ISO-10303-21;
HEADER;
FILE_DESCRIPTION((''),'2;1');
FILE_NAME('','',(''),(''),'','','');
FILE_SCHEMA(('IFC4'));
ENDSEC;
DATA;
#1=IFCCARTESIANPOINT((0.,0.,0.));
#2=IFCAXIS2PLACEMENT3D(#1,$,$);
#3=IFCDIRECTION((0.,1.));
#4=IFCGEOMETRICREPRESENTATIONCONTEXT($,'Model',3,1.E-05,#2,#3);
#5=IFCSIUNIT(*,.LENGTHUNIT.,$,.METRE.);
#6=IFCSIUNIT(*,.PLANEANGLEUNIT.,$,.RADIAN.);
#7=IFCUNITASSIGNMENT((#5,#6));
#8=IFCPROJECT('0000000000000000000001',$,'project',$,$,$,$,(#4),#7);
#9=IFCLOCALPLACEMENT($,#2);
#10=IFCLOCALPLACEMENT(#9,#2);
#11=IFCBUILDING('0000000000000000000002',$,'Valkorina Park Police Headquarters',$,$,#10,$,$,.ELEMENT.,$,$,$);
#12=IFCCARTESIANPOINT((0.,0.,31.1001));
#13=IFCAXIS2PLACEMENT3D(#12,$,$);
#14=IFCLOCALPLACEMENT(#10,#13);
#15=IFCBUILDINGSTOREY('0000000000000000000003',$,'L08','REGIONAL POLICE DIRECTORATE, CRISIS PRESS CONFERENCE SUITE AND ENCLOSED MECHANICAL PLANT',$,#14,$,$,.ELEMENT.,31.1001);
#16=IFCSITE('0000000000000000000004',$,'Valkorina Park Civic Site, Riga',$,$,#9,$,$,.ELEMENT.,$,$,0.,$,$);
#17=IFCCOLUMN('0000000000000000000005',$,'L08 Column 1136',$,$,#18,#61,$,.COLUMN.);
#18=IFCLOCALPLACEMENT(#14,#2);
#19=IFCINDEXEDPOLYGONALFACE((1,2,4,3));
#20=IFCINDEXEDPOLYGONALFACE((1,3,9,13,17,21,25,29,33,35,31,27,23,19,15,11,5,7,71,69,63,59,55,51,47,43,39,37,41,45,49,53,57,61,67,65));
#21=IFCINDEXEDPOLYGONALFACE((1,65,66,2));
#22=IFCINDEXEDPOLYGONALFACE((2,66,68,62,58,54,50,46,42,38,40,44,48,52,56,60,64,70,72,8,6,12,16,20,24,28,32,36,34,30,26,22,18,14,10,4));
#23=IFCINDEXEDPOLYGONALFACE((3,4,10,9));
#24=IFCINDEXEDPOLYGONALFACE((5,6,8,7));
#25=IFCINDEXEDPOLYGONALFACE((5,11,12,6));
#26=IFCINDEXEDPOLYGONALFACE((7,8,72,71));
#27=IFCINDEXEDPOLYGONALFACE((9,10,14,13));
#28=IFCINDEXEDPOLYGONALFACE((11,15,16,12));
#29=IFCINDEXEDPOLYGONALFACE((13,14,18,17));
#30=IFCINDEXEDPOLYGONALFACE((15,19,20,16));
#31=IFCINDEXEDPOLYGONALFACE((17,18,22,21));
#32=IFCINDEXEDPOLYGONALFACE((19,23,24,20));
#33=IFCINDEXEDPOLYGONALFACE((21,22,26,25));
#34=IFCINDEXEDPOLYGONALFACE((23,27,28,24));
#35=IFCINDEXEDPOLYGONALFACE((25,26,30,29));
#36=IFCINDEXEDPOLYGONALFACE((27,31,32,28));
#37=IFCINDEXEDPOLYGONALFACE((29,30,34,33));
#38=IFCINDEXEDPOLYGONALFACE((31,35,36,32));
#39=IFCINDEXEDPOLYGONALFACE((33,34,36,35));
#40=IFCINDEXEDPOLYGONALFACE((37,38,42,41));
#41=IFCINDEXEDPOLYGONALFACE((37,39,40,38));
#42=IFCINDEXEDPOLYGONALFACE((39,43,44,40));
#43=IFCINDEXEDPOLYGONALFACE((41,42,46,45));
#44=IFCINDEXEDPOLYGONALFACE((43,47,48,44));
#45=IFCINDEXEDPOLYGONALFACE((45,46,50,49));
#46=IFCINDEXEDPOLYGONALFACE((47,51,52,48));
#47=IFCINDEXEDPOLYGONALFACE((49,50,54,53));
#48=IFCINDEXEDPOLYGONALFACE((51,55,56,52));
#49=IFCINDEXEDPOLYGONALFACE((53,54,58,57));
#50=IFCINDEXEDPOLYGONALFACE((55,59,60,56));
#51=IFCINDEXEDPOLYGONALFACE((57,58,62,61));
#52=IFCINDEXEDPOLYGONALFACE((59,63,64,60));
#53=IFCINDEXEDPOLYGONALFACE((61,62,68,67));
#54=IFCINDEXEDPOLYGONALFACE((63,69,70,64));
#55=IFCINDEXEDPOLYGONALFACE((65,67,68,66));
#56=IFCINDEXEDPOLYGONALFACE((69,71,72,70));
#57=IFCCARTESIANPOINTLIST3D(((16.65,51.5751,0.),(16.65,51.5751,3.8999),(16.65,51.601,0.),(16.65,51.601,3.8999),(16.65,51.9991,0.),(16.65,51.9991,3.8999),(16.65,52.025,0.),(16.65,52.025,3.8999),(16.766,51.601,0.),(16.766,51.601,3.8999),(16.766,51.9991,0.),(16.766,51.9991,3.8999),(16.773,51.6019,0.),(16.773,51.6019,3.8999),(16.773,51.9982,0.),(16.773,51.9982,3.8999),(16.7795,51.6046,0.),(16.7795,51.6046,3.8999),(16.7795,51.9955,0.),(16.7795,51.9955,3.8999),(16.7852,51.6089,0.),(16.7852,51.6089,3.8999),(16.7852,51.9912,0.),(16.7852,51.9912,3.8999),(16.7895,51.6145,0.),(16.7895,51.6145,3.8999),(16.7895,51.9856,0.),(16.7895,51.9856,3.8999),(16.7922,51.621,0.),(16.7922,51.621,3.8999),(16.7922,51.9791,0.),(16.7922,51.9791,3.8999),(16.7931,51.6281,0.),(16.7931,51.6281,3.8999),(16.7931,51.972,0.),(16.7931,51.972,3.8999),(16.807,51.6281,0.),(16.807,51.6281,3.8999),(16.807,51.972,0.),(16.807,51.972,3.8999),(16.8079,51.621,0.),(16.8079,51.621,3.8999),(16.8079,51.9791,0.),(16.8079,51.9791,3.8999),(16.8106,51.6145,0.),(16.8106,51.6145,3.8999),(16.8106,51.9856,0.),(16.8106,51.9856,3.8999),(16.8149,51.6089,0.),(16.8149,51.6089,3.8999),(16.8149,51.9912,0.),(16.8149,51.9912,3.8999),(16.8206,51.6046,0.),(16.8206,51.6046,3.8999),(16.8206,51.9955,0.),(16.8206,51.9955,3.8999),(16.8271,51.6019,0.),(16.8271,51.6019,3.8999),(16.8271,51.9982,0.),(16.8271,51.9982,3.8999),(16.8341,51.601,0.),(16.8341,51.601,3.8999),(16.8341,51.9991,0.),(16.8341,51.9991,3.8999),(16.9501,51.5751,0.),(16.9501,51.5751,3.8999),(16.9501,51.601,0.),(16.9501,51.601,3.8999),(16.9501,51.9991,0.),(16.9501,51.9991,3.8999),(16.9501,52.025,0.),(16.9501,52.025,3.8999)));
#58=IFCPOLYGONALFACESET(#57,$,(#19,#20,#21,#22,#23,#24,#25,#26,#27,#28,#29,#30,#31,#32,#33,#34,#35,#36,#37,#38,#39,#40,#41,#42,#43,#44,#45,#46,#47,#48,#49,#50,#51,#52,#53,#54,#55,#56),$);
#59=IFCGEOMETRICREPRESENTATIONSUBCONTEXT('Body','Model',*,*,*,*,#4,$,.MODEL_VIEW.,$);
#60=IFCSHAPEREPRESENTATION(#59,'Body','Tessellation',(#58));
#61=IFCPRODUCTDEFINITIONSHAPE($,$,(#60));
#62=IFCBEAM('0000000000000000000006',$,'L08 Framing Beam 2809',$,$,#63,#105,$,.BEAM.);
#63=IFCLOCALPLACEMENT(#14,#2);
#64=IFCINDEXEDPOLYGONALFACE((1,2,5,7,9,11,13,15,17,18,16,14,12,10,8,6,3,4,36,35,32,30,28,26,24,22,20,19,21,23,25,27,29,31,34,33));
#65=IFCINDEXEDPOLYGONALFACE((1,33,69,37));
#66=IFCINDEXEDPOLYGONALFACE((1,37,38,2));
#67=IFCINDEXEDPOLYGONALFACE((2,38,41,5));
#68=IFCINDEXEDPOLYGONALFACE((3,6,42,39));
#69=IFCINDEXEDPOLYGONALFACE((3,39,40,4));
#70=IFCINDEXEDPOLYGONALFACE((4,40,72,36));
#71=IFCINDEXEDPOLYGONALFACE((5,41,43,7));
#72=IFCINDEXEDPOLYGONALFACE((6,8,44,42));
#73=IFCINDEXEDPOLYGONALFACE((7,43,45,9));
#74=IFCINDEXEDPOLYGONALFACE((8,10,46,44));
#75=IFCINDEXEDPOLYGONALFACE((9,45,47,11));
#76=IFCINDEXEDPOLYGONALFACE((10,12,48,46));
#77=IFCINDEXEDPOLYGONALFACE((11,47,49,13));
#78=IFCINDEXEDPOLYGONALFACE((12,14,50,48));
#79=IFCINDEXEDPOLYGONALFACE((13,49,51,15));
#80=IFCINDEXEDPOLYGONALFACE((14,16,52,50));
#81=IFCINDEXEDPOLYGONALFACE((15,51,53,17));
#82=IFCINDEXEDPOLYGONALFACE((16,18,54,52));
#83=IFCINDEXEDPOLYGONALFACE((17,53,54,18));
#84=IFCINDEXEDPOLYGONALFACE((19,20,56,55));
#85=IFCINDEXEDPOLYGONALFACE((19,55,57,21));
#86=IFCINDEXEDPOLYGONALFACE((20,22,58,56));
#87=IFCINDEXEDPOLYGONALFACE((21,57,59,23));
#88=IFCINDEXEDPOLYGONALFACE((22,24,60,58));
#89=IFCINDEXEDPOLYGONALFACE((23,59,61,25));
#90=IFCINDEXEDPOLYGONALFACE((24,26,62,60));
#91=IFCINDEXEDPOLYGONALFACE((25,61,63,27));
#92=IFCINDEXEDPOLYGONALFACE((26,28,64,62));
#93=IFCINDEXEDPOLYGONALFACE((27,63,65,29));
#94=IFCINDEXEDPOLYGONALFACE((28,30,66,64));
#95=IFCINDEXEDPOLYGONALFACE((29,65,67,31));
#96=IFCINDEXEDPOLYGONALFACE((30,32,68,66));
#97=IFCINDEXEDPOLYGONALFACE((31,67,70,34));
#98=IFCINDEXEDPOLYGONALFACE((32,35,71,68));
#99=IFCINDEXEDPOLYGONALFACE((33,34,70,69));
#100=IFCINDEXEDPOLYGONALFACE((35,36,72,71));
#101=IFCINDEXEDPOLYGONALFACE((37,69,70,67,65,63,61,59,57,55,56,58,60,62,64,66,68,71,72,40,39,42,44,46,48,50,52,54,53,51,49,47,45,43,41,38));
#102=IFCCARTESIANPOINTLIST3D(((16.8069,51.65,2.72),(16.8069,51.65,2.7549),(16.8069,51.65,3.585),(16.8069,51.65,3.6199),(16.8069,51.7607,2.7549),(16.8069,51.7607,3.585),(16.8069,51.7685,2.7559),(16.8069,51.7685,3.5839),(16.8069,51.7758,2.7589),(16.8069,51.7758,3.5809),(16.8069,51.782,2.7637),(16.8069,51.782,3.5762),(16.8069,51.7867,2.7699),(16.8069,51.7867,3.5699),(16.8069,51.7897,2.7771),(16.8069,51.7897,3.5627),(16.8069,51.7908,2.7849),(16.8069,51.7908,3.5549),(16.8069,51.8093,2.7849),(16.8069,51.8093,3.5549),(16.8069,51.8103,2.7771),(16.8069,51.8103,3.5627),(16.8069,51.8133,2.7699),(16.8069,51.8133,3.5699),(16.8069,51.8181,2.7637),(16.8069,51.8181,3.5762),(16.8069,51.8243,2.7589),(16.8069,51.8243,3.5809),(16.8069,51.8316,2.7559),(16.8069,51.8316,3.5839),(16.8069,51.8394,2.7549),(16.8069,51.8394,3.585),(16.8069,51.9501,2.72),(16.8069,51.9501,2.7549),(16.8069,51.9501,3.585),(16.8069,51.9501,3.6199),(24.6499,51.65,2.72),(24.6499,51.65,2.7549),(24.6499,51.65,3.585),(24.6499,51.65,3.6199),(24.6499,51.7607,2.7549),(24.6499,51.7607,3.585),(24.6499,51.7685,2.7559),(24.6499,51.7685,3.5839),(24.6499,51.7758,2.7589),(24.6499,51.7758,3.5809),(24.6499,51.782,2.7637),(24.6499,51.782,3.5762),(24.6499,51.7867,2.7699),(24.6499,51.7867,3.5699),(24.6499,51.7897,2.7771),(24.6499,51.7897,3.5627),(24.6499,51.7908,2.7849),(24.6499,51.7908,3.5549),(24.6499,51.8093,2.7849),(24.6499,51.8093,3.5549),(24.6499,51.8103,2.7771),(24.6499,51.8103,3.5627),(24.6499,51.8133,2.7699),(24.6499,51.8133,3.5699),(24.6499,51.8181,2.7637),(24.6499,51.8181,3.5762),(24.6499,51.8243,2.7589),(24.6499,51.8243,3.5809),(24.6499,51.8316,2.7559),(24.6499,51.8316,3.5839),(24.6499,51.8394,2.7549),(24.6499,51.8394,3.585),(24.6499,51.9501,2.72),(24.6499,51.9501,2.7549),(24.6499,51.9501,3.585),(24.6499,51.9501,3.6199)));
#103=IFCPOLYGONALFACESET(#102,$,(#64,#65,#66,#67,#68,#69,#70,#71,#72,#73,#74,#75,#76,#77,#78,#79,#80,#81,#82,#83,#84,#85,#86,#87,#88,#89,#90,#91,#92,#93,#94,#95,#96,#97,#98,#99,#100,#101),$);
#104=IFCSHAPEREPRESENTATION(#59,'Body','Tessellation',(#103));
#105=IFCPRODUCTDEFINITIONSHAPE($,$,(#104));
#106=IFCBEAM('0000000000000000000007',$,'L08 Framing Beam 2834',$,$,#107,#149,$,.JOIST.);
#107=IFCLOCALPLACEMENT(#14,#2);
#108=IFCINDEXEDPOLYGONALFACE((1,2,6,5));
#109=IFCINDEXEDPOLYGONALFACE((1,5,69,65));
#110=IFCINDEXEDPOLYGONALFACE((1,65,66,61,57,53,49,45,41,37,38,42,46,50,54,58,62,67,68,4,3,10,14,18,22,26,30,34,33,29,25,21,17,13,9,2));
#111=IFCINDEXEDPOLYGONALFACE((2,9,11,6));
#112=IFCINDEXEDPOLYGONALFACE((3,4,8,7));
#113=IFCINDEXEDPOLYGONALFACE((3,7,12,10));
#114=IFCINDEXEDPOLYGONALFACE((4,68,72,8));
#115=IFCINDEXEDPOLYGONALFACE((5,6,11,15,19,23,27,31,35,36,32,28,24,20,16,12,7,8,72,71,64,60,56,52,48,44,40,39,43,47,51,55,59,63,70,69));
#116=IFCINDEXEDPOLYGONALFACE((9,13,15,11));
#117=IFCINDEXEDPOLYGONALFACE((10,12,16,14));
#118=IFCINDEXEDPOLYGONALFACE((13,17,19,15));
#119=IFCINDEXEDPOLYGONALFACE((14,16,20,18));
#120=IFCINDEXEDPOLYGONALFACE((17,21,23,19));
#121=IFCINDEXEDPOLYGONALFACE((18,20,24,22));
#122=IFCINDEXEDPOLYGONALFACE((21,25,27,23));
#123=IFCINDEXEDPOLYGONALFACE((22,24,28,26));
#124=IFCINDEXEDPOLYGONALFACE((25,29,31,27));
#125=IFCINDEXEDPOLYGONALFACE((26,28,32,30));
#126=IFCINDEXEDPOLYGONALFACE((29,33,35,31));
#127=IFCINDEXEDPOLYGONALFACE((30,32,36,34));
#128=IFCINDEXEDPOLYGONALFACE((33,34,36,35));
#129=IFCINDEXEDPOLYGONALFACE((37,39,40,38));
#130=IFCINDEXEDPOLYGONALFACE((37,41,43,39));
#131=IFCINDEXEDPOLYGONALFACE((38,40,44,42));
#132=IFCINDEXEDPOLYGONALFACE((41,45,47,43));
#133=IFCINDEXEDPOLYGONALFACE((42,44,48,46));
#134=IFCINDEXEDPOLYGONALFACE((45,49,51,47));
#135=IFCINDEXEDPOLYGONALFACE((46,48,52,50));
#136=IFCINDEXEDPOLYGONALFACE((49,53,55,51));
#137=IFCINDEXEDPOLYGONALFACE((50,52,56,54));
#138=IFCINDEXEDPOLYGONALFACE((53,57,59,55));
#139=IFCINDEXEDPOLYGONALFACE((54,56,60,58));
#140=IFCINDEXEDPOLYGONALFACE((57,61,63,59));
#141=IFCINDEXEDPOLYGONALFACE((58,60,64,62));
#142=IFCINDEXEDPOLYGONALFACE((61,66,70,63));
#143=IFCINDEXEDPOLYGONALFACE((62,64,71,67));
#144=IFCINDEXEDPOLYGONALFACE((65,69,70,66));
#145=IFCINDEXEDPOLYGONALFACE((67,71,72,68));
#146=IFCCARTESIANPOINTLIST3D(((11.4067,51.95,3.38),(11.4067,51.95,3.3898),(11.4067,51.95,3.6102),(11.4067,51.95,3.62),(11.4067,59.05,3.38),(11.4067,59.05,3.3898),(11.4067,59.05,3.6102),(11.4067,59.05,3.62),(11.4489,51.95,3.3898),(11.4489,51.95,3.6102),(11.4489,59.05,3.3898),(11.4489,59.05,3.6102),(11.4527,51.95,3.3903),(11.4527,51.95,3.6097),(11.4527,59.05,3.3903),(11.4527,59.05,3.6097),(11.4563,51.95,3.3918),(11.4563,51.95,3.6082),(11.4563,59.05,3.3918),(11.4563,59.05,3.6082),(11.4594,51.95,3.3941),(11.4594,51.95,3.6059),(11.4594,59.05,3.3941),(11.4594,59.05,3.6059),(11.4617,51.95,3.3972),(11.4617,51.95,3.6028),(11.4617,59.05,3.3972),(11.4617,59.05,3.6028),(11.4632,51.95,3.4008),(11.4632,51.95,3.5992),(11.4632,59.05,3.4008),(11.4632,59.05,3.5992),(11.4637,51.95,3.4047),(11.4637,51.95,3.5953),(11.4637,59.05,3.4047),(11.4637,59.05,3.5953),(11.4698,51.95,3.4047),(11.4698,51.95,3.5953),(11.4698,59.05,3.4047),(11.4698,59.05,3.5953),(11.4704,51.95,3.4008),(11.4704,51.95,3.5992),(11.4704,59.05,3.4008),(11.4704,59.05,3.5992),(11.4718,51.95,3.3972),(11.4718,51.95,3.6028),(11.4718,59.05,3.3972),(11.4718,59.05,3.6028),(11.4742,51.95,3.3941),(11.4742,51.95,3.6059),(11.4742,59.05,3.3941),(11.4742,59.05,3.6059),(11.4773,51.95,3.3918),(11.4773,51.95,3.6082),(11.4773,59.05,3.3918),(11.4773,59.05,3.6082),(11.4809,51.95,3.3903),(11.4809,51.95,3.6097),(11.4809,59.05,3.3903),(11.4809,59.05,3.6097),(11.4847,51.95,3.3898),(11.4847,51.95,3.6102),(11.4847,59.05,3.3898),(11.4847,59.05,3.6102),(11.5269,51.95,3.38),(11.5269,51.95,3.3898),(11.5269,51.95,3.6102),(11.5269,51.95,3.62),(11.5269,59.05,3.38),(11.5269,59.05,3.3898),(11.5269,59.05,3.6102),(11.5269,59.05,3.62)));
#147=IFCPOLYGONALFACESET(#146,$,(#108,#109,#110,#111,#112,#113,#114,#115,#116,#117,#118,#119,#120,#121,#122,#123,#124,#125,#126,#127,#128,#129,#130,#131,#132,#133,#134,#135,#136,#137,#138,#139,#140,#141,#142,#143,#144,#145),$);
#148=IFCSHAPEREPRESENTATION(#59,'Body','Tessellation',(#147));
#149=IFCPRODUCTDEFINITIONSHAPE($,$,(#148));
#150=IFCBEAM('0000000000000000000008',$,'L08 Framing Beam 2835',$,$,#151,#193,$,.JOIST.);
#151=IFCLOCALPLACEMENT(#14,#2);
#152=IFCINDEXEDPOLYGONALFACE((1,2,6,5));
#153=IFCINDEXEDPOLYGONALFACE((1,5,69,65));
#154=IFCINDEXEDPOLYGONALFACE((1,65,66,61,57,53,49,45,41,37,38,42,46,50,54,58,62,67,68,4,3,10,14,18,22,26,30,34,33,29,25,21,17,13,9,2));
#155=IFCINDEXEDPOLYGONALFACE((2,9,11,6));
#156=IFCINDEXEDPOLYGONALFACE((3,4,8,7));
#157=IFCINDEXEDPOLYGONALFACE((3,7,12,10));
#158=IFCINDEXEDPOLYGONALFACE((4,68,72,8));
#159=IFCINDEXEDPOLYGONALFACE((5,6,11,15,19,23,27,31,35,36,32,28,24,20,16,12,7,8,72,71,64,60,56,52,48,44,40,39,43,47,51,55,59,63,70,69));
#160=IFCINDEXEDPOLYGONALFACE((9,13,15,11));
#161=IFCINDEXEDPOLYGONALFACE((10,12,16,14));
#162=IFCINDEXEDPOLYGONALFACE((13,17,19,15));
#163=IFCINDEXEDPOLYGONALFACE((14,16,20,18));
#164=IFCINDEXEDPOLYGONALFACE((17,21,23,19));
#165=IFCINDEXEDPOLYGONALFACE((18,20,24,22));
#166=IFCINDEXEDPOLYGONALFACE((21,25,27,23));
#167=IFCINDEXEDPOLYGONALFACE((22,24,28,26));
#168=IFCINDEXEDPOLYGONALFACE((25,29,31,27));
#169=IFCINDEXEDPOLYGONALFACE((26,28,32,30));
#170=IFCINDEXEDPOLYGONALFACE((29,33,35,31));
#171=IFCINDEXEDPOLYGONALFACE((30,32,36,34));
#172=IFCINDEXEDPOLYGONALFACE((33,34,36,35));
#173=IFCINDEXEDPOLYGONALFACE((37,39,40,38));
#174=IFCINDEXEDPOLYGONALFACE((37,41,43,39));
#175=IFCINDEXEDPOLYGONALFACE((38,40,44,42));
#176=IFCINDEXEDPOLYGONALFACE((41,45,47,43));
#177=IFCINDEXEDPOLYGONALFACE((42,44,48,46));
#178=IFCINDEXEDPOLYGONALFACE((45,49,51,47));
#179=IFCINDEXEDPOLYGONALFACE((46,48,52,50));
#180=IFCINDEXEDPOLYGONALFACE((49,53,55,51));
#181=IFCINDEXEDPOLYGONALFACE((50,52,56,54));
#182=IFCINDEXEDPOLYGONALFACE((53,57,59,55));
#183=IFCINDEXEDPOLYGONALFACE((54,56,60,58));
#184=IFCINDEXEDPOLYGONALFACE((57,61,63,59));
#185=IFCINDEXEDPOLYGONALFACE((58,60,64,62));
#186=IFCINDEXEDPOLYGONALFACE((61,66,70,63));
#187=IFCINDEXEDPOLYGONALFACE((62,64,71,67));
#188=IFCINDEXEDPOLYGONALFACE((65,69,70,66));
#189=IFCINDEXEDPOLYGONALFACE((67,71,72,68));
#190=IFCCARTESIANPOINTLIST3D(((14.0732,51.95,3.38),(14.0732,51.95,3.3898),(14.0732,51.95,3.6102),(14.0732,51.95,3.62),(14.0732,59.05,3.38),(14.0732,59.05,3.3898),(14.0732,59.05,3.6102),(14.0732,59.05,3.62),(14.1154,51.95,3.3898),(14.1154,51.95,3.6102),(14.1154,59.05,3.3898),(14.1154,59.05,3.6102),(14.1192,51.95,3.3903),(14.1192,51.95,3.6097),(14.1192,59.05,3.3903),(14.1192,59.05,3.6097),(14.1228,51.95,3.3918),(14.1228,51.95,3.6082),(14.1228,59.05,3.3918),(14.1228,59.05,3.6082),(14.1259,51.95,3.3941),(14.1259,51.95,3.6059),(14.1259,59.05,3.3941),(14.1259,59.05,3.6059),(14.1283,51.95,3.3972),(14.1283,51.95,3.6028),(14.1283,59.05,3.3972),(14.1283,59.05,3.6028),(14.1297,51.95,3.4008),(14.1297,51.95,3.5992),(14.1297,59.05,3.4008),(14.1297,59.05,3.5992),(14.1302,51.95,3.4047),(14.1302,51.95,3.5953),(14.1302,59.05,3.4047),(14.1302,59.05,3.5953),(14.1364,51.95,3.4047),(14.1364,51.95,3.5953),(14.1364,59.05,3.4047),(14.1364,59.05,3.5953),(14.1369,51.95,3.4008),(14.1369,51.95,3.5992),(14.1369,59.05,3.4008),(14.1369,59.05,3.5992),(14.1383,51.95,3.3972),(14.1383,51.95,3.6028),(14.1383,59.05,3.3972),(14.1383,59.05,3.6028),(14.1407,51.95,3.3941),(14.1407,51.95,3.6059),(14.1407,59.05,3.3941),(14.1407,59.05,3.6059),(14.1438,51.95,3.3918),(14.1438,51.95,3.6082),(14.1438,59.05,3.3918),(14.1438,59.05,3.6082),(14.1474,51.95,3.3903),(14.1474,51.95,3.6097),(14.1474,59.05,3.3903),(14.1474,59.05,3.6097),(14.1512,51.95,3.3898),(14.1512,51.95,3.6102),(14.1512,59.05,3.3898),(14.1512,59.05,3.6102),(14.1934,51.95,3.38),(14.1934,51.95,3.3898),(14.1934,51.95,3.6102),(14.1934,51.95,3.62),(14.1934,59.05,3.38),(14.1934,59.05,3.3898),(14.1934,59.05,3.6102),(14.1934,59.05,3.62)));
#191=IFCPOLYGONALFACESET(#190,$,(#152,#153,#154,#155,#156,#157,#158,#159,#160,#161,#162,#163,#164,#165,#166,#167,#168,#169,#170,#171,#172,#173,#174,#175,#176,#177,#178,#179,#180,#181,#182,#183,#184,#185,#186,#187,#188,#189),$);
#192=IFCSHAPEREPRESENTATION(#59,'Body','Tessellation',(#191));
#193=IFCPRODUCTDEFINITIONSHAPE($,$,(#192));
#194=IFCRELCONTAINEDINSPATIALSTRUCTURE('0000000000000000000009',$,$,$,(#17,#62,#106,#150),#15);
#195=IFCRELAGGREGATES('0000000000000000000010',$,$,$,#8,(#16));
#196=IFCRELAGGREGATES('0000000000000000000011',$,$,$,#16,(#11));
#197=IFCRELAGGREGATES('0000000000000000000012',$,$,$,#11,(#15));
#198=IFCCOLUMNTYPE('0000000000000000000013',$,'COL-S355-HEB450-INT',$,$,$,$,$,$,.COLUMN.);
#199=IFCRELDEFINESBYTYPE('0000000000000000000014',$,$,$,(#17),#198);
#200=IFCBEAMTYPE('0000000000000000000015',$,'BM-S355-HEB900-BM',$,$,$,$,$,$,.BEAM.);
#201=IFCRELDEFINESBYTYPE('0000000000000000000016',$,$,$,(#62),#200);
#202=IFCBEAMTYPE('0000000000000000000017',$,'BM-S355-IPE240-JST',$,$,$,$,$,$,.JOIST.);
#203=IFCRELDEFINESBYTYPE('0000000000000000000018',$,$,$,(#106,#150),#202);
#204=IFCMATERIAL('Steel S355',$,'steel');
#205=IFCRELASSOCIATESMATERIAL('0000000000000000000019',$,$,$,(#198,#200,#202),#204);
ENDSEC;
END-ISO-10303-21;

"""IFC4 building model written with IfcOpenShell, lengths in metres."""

from ifc_helpers import new_model, si_unit, direction, frame, origin, origin_2d, place, context, subcontext, project, spatial, i_section, extrude, material, material_profile, profile_set, type_object, element, save


model = new_model("IFC4")

# Units and contexts
model_context = context("Model", 3, precision=1e-05, world=origin(), true_north=direction((0.0, 1.0)))
body_context = subcontext(model_context, "Body", "Model", "MODEL_VIEW")
ifc_project = project(units=[si_unit("LENGTHUNIT", "METRE"), si_unit("PLANEANGLEUNIT", "RADIAN")], contexts=[model_context])

# Site, building, storey
site_placement = place(None, origin())
site = spatial("IfcSite", under=ifc_project, at=site_placement, Name="Valkorina Park Civic Site, Riga", CompositionType="ELEMENT", RefElevation=0.0)
building_placement = place(site_placement, origin())
building = spatial("IfcBuilding", under=site, at=building_placement, Name="Valkorina Park Police Headquarters", CompositionType="ELEMENT")
storey_placement = place(building_placement, frame((0.0, 0.0, 31.1001)))
storey = spatial("IfcBuildingStorey", under=building, at=storey_placement, Name="L08", Description="REGIONAL POLICE DIRECTORATE, CRISIS PRESS CONFERENCE SUITE AND ENCLOSED MECHANICAL PLANT", CompositionType="ELEMENT", Elevation=31.1001)

# Column
ifc_material_1 = material(Name="Steel S355", Category="steel")
ifc_material_profile_1 = material_profile(ifc_material_1, i_section(OverallWidth=0.3, OverallDepth=0.45, WebThickness=0.0139, FlangeThickness=0.0259, FilletRadius=0.0271, at=origin_2d()), Name="HEB 450")
ifc_profile_set_1 = profile_set([ifc_material_profile_1], Name="Steel S355")
column_type = type_object("IfcColumnType", Name="COL-S355-HEB450-INT", PredefinedType="COLUMN", material=ifc_profile_set_1)
column_placement = place(storey_placement, frame((16.8, 51.8, 0.0), z_axis=(0.0, 0.0, 1.0), x_axis=(1.0, 0.0, 0.0)))
element("IfcColumn", 1, at=column_placement, inside=storey, type_object=column_type, Name="L08 Column 1136", PredefinedType="COLUMN", context=body_context, shape_type="SweptSolid", body=[
    extrude(i_section(OverallWidth=0.3, OverallDepth=0.45, WebThickness=0.0139, FlangeThickness=0.0259, FilletRadius=0.0271, at=origin_2d()), origin(), (0.0, 0.0, 1.0), 3.8999),
])

# Beams
ifc_material_profile_2 = material_profile(ifc_material_1, i_section(OverallWidth=0.3, OverallDepth=0.8999, WebThickness=0.0186, FlangeThickness=0.0349, FilletRadius=0.03, at=origin_2d()), Name="HEB 900")
ifc_profile_set_2 = profile_set([ifc_material_profile_2], Name="Steel S355")
beam_type_1 = type_object("IfcBeamType", Name="BM-S355-HEB900-BM", PredefinedType="BEAM", material=ifc_profile_set_2)
beam_1_placement = place(storey_placement, frame((16.8069, 51.8, 3.1699), z_axis=(1.0, 0.0, 0.0), x_axis=(0.0, 1.0, 0.0)))
element("IfcBeam", 2, at=beam_1_placement, inside=storey, type_object=beam_type_1, Name="L08 Framing Beam 2809", PredefinedType="BEAM", context=body_context, shape_type="SweptSolid", body=[
    extrude(i_section(OverallWidth=0.3, OverallDepth=0.8999, WebThickness=0.0186, FlangeThickness=0.0349, FilletRadius=0.03, at=origin_2d()), origin(), (0.0, 0.0, 1.0), 7.843),
])
ifc_material_profile_3 = material_profile(ifc_material_1, i_section(OverallWidth=0.1201, OverallDepth=0.24, WebThickness=0.0061, FlangeThickness=0.0098, FilletRadius=0.0149, at=origin_2d()), Name="IPE 240")
ifc_profile_set_3 = profile_set([ifc_material_profile_3], Name="Steel S355")
beam_type_2 = type_object("IfcBeamType", Name="BM-S355-IPE240-JST", PredefinedType="JOIST", material=ifc_profile_set_3)
for number, where, z_axis, x_axis, name in (
    (3, (11.4668, 51.95, 3.5), (0.0, 1.0, 0.0), (-1.0, 0.0, 0.0), "L08 Framing Beam 2834"),
    (4, (14.1333, 51.95, 3.5), (0.0, 1.0, 0.0), (-1.0, 0.0, 0.0), "L08 Framing Beam 2835"),
):
    element("IfcBeam", number, at=place(storey_placement, frame(where, z_axis=z_axis, x_axis=x_axis)), inside=storey, type_object=beam_type_2, Name=name, PredefinedType="JOIST", context=body_context, shape_type="SweptSolid", body=[
        extrude(i_section(OverallWidth=0.1201, OverallDepth=0.24, WebThickness=0.0061, FlangeThickness=0.0098, FilletRadius=0.0149, at=origin_2d()), origin(), (0.0, 0.0, 1.0), 7.1001),
    ])

save(model, "model.ifc")
